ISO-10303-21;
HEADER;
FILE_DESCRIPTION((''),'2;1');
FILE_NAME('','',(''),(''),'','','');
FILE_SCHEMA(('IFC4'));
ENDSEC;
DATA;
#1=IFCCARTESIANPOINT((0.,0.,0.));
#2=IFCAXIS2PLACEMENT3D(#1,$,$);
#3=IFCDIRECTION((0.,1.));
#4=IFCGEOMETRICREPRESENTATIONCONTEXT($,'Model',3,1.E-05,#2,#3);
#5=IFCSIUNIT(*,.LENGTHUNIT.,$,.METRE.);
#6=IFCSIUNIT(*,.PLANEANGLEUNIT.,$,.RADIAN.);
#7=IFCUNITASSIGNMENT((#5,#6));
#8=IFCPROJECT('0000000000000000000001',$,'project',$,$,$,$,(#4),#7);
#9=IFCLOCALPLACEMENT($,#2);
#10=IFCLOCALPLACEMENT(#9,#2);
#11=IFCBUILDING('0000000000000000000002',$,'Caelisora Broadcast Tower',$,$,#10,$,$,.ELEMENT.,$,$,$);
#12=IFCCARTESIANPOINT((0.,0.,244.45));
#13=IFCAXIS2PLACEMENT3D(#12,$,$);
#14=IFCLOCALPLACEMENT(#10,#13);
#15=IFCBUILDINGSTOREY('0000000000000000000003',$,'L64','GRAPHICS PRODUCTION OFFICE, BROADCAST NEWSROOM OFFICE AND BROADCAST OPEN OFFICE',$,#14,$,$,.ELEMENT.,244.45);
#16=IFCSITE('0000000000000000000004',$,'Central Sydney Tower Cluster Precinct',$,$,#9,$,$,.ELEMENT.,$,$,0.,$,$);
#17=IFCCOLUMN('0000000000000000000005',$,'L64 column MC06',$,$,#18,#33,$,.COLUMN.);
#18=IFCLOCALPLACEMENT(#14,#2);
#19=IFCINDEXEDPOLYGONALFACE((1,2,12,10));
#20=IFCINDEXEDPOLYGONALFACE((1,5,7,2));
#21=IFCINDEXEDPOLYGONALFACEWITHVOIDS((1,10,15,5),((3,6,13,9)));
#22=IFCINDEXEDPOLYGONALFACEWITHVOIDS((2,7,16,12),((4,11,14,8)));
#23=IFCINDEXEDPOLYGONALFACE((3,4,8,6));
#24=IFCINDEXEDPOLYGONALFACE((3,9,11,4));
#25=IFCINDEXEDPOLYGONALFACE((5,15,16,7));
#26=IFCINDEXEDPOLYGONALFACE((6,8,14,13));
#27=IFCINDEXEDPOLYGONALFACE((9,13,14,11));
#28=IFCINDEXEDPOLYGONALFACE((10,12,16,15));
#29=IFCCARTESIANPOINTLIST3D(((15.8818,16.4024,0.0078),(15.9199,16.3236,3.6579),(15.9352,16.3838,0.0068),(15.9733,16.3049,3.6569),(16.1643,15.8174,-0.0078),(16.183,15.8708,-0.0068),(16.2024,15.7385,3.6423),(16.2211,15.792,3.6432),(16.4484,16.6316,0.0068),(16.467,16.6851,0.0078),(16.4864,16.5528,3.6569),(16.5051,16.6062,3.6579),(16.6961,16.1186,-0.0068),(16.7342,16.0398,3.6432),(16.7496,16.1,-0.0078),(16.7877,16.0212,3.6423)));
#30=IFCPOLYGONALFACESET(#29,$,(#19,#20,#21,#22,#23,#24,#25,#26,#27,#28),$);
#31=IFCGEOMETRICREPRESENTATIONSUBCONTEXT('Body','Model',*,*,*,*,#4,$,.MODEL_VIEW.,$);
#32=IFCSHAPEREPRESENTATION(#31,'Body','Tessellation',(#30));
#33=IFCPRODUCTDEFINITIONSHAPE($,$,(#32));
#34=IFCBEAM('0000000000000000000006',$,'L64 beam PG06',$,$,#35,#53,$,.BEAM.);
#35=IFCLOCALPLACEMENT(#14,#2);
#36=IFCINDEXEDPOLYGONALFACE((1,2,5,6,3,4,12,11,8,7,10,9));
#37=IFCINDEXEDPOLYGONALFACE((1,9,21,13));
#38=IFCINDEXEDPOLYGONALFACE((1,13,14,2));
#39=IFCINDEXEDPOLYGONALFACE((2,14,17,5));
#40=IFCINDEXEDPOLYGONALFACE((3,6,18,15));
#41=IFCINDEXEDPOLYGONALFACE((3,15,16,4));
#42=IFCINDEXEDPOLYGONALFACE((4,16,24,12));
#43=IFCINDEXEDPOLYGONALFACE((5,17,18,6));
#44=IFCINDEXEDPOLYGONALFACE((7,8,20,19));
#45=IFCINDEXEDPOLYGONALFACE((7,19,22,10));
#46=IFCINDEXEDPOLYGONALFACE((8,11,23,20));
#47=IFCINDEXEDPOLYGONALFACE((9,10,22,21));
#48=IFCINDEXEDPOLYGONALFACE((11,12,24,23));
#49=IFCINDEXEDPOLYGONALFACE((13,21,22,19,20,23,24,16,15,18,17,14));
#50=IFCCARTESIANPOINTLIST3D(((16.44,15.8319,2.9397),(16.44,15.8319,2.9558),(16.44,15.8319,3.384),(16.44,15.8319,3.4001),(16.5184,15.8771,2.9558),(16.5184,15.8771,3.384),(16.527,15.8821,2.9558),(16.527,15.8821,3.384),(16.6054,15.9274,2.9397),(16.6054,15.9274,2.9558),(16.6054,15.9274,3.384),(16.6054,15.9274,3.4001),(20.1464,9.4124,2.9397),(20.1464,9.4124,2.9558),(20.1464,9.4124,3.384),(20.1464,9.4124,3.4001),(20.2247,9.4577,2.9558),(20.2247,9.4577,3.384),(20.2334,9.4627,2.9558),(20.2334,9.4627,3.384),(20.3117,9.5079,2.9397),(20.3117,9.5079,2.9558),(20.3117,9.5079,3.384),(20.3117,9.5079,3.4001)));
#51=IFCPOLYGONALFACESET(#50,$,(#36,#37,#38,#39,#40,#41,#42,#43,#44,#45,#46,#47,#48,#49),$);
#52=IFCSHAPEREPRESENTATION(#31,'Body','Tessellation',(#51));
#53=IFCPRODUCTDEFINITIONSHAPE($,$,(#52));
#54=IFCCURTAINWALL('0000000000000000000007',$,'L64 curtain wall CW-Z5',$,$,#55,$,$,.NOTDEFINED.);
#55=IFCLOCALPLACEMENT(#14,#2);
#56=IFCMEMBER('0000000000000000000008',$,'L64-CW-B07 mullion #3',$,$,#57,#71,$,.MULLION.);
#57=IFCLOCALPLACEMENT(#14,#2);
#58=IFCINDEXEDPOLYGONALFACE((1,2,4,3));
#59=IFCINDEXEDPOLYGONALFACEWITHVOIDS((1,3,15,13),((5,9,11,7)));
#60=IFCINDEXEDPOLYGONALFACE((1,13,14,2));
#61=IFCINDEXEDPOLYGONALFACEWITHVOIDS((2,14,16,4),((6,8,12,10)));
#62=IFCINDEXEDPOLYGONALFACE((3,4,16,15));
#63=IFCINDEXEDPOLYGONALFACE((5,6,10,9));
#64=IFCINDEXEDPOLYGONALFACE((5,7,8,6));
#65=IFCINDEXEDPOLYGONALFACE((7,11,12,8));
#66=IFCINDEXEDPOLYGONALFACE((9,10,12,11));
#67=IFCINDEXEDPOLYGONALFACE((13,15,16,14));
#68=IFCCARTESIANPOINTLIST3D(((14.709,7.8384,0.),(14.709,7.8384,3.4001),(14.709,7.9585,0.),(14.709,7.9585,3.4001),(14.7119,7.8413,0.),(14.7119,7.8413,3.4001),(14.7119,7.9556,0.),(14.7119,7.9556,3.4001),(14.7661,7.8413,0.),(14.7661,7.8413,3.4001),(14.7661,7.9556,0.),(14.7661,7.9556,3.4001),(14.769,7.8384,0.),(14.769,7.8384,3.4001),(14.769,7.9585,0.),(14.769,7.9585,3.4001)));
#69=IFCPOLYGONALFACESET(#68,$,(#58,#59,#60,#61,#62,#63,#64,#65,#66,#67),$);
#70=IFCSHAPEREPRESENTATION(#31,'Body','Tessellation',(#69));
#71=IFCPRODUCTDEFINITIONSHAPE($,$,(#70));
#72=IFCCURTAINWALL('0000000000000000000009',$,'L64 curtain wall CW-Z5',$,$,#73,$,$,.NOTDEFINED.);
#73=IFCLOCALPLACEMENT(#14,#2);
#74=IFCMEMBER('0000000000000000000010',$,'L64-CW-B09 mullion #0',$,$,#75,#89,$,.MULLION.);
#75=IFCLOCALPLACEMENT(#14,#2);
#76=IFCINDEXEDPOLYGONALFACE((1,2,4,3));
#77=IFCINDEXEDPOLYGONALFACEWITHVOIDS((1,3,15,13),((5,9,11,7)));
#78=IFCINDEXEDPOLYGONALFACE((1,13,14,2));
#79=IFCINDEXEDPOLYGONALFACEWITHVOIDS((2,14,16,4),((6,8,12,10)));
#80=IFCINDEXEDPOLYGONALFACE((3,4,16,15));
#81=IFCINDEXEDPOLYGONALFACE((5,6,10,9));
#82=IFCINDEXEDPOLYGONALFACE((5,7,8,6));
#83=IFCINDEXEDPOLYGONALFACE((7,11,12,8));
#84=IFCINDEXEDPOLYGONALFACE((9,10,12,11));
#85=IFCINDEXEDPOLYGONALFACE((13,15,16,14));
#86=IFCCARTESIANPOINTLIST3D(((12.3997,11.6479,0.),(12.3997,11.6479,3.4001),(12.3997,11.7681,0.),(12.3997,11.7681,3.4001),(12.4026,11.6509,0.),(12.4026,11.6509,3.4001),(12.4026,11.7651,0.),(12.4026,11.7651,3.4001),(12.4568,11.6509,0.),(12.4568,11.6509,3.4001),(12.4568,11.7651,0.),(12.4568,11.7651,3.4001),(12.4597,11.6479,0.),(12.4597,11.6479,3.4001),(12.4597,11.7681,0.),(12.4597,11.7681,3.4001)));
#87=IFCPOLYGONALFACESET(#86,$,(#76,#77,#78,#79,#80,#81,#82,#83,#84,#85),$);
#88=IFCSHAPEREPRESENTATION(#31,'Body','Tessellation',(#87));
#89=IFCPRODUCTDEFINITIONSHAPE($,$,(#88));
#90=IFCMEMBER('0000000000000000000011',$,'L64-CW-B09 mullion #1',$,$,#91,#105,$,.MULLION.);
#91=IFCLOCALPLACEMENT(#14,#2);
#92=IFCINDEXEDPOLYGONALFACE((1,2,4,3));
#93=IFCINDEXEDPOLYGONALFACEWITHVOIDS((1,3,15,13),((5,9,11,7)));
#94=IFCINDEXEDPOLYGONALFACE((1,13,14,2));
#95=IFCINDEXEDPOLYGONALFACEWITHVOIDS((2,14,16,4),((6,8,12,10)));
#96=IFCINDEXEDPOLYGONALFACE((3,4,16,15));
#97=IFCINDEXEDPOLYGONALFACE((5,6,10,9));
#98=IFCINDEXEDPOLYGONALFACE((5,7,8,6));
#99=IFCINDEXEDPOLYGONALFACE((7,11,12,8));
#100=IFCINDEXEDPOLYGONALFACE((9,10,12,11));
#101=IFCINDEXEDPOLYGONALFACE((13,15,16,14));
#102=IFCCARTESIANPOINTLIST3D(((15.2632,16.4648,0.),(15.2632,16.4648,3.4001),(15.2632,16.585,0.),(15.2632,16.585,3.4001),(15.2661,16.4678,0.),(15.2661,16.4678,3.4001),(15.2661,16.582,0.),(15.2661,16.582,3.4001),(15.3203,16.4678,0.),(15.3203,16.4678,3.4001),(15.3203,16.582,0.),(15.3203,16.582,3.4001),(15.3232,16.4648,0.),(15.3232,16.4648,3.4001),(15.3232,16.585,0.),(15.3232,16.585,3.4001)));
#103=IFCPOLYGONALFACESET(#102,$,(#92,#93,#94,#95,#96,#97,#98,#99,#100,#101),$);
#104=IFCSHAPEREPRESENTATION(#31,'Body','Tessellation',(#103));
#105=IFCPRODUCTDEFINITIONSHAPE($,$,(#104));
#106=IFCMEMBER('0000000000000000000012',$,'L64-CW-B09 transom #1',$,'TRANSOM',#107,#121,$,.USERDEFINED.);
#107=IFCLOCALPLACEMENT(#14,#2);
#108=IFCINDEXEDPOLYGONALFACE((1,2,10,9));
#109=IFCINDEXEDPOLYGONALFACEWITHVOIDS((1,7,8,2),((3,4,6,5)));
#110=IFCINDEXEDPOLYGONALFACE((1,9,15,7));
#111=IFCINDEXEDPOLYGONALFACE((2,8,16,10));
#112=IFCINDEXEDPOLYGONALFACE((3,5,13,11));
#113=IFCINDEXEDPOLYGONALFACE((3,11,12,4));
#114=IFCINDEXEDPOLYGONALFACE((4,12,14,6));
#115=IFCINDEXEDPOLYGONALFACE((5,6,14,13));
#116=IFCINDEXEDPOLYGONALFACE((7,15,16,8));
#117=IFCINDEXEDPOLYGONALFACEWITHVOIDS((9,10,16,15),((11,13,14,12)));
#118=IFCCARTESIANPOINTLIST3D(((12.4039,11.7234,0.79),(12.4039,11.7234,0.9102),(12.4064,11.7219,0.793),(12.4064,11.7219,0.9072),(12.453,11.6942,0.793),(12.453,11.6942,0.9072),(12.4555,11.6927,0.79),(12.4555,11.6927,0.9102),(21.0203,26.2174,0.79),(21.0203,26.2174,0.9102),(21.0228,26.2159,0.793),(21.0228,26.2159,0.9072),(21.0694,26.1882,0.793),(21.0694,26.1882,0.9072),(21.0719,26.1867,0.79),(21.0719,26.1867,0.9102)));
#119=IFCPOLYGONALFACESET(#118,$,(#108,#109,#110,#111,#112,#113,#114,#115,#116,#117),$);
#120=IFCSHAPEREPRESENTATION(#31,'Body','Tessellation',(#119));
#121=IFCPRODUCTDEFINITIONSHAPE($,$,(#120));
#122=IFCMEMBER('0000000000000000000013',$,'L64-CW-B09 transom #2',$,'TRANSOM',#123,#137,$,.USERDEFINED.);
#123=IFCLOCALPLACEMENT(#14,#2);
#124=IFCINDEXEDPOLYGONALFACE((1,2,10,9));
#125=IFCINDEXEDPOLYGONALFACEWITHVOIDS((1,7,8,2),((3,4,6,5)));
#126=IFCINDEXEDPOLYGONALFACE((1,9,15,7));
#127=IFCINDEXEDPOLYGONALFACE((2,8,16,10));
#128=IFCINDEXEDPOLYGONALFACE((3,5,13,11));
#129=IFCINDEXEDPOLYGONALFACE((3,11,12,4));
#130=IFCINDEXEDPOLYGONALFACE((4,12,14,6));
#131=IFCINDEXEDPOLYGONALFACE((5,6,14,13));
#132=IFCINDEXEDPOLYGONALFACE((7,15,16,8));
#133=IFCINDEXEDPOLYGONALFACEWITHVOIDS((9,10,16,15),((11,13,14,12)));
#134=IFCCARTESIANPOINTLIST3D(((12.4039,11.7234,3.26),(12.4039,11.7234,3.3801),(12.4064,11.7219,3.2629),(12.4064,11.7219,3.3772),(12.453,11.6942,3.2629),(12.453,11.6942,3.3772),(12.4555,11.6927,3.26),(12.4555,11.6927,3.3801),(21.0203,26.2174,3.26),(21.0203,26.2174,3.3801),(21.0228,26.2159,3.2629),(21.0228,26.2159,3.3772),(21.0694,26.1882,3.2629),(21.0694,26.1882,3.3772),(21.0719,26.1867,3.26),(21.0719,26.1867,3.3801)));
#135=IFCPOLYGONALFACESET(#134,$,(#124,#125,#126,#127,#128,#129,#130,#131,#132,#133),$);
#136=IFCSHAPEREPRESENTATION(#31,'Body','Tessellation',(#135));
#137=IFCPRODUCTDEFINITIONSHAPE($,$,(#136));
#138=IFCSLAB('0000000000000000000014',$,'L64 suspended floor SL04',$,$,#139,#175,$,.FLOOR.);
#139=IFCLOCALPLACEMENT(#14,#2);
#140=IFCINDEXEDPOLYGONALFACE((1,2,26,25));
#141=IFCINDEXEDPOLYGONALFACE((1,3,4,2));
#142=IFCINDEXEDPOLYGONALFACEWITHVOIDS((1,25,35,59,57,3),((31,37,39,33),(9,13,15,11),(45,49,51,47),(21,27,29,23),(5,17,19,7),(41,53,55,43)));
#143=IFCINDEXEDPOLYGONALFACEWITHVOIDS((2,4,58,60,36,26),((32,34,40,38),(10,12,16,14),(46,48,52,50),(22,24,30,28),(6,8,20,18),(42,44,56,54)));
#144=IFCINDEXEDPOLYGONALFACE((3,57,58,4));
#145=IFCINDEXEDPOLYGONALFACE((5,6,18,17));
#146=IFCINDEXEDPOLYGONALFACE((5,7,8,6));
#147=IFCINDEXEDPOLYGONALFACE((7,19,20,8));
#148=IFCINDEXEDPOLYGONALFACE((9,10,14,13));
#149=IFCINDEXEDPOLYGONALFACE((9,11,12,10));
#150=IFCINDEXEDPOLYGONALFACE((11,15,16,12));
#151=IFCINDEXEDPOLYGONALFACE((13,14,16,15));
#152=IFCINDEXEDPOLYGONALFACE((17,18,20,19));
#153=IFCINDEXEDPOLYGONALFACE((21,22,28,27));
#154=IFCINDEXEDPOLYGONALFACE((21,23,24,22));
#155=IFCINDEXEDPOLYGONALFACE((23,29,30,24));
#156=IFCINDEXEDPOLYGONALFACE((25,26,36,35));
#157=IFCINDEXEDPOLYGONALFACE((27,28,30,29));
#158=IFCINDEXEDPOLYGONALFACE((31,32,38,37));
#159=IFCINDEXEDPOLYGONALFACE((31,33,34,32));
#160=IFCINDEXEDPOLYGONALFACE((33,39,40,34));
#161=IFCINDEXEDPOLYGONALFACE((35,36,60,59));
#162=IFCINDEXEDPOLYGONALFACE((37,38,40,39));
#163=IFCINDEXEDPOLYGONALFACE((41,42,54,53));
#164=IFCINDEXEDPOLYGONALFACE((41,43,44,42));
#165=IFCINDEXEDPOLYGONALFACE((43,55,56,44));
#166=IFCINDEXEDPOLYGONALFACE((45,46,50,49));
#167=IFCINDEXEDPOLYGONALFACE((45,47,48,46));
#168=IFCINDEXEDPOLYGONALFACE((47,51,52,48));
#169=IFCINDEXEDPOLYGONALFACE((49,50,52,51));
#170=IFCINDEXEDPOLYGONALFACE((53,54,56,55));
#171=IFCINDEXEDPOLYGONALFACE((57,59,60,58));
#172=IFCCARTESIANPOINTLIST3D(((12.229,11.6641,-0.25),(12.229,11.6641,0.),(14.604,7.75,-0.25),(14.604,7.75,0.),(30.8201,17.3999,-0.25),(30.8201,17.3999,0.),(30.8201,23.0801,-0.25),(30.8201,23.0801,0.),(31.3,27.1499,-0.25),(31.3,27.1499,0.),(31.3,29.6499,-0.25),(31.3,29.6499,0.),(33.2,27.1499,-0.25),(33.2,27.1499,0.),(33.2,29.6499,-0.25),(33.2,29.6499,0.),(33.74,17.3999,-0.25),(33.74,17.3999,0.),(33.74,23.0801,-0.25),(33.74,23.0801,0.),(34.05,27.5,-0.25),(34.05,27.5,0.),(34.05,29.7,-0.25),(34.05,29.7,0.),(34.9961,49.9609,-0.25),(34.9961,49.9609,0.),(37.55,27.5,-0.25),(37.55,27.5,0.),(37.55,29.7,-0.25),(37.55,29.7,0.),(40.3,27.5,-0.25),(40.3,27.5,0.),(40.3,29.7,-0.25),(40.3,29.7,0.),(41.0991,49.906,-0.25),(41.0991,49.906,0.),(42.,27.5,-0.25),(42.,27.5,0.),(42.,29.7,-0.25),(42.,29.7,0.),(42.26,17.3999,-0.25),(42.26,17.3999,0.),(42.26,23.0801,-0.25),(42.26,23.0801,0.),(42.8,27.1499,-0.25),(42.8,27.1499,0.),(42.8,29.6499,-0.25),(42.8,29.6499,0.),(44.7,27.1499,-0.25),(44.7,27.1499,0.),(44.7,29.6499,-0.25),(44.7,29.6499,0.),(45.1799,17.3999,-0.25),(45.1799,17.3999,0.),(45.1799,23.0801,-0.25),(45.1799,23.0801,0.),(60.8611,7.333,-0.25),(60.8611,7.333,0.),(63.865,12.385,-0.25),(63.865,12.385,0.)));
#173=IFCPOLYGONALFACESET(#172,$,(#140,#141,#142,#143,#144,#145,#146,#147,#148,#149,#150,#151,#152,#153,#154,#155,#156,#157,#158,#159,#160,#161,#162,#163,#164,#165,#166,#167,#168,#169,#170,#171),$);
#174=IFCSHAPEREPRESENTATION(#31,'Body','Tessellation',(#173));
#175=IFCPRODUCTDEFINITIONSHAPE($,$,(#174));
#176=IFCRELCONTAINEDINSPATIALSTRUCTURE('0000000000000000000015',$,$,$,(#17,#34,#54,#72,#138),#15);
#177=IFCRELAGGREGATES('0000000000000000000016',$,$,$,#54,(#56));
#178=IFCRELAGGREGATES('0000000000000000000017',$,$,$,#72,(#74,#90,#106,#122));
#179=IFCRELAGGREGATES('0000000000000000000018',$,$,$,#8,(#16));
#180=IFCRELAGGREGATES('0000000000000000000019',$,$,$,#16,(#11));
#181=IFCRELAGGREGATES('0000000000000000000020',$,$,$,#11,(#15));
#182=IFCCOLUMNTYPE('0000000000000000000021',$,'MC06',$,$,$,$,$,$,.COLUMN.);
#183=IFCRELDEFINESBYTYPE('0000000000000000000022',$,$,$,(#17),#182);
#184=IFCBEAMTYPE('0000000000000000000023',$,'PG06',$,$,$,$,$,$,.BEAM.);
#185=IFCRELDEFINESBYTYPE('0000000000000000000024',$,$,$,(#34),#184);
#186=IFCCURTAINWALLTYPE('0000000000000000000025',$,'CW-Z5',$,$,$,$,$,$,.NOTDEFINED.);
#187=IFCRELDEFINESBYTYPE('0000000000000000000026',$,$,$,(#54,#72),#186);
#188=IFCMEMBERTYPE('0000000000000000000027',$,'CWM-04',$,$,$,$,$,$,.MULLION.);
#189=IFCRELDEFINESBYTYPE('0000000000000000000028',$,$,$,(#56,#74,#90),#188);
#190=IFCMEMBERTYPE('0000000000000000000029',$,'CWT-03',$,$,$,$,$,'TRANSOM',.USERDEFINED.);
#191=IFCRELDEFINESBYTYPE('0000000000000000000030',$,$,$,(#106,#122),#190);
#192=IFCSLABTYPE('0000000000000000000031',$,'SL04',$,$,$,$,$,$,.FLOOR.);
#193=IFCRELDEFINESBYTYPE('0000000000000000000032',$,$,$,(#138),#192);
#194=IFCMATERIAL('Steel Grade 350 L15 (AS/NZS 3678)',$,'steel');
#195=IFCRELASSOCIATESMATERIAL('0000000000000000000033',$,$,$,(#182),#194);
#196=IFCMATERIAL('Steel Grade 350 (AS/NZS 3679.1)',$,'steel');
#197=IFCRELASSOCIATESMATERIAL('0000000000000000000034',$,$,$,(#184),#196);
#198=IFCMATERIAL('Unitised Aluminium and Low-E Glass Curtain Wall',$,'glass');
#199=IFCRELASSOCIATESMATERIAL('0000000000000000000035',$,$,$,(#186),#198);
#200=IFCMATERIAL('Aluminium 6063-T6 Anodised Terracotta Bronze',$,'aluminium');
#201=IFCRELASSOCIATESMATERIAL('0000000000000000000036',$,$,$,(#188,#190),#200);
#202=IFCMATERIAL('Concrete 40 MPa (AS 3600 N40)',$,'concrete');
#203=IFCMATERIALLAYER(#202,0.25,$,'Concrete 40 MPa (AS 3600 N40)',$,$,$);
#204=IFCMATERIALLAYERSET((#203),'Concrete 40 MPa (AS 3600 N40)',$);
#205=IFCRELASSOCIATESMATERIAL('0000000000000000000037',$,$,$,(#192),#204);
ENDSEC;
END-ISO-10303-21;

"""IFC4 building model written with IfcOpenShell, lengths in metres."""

from ifc_helpers import new_model, si_unit, direction, frame, origin, origin_2d, place, context, subcontext, project, spatial, polyline, hollow_rectangle, i_section, outline, extrude, source, transform, mapped, material, layer, layer_set, material_profile, profile_set, type_object, type_shapes, element, aggregate, save


model = new_model("IFC4")

# Units and contexts
model_context = context("Model", 3, precision=1e-05, world=origin(), true_north=direction((0.0, 1.0)))
body_context = subcontext(model_context, "Body", "Model", "MODEL_VIEW")
ifc_project = project(units=[si_unit("LENGTHUNIT", "METRE"), si_unit("PLANEANGLEUNIT", "RADIAN")], contexts=[model_context])

# Site, building, storey
site_placement = place(None, origin())
site = spatial("IfcSite", under=ifc_project, at=site_placement, Name="Central Sydney Tower Cluster Precinct", CompositionType="ELEMENT", RefElevation=0.0)
building_placement = place(site_placement, origin())
building = spatial("IfcBuilding", under=site, at=building_placement, Name="Caelisora Broadcast Tower", CompositionType="ELEMENT")
storey_placement = place(building_placement, frame((0.0, 0.0, 244.45)))
storey = spatial("IfcBuildingStorey", under=building, at=storey_placement, Name="L64", Description="GRAPHICS PRODUCTION OFFICE, BROADCAST NEWSROOM OFFICE AND BROADCAST OPEN OFFICE", CompositionType="ELEMENT", Elevation=244.45)

# Column
ifc_material_1 = material(Name="Steel Grade 350 L15 (AS/NZS 3678)", Category="steel")
ifc_material_profile_1 = material_profile(ifc_material_1, hollow_rectangle(XDim=0.6499, YDim=0.6499, WallThickness=0.04, at=origin_2d()), Name="Steel Grade 350 L15 (AS/NZS 3678)")
ifc_profile_set_1 = profile_set([ifc_material_profile_1], Name="Steel Grade 350 L15 (AS/NZS 3678)")
column_type = type_object("IfcColumnType", Name="MC06", PredefinedType="COLUMN", material=ifc_profile_set_1)
shared_shape_1 = source(origin(), body_context, "Body", "SweptSolid", [
    extrude(hollow_rectangle(XDim=0.6499, YDim=0.6499, WallThickness=0.04, at=origin_2d()), origin(), (0.0, 0.0, 1.0), 3.6511),
])
type_shapes(column_type, [shared_shape_1])
column_placement = place(storey_placement, frame((16.3157, 16.2512, 0.0), z_axis=(0.010431, -0.021598, 0.999712), x_axis=(0.900476, 0.434905, 0.0)))
element("IfcColumn", 1, at=column_placement, inside=storey, type_object=column_type, Name="L64 column MC06", PredefinedType="COLUMN", context=body_context, shape_type="MappedRepresentation", body=[
    mapped(shared_shape_1, transform((0.0, 0.0, 0.0), scale=1.0)),
])

# Beam
ifc_material_2 = material(Name="Steel Grade 350 (AS/NZS 3679.1)", Category="steel")
ifc_material_profile_2 = material_profile(ifc_material_2, i_section(OverallWidth=0.1909, OverallDepth=0.4604, WebThickness=0.01, FlangeThickness=0.0161, at=origin_2d()), Name="Steel Grade 350 (AS/NZS 3679.1)")
ifc_profile_set_2 = profile_set([ifc_material_profile_2], Name="Steel Grade 350 (AS/NZS 3679.1)")
beam_type = type_object("IfcBeamType", Name="PG06", PredefinedType="BEAM", material=ifc_profile_set_2)
shared_shape_2 = source(origin(), body_context, "Body", "SweptSolid", [
    extrude(i_section(OverallWidth=0.1909, OverallDepth=0.4604, WebThickness=0.01, FlangeThickness=0.0161, at=origin_2d()), origin(), (0.0, 0.0, 1.0), 7.4126),
])
type_shapes(beam_type, [shared_shape_2])
beam_placement = place(storey_placement, frame((16.5227, 15.8796, 3.1699), z_axis=(0.500004, -0.866023, 0.0), x_axis=(0.866023, 0.500004, 0.0)))
element("IfcBeam", 2, at=beam_placement, inside=storey, type_object=beam_type, Name="L64 beam PG06", PredefinedType="BEAM", context=body_context, shape_type="MappedRepresentation", body=[
    mapped(shared_shape_2, transform((0.0, 0.0, 0.0), scale=1.0)),
])

# Curtain wall, member
ifc_material_3 = material(Name="Unitised Aluminium and Low-E Glass Curtain Wall", Category="glass")
curtain_wall_type = type_object("IfcCurtainWallType", Name="CW-Z5", PredefinedType="NOTDEFINED", material=ifc_material_3)
curtain_wall_1_placement = place(storey_placement, origin())
curtain_wall_1 = element("IfcCurtainWall", 3, at=curtain_wall_1_placement, inside=storey, type_object=curtain_wall_type, Name="L64 curtain wall CW-Z5", PredefinedType="NOTDEFINED")
ifc_material_4 = material(Name="Aluminium 6063-T6 Anodised Terracotta Bronze", Category="aluminium")
ifc_material_profile_3 = material_profile(ifc_material_4, hollow_rectangle(XDim=0.0601, YDim=0.1201, WallThickness=0.0029, at=origin_2d()), Name="Aluminium 6063-T6 Anodised Terracotta Bronze")
ifc_profile_set_3 = profile_set([ifc_material_profile_3], Name="Aluminium 6063-T6 Anodised Terracotta Bronze")
member_type_1 = type_object("IfcMemberType", Name="CWM-04", PredefinedType="MULLION", material=ifc_profile_set_3)
shared_shape_3 = source(origin(), body_context, "Body", "SweptSolid", [
    extrude(hollow_rectangle(XDim=0.0601, YDim=0.1201, WallThickness=0.0029, at=origin_2d()), origin(), (0.0, 0.0, 1.0), 3.4001),
])
type_shapes(member_type_1, [shared_shape_3])
member_1_placement = place(storey_placement, frame((14.739, 7.8984, 0.0), z_axis=(0.0, 0.0, 1.0), x_axis=(1.0, 0.0, 0.0)))
member_1 = element("IfcMember", 4, at=member_1_placement, type_object=member_type_1, Name="L64-CW-B07 mullion #3", PredefinedType="MULLION", context=body_context, shape_type="MappedRepresentation", body=[
    mapped(shared_shape_3, transform((0.0, 0.0, 0.0), scale=1.0)),
])
aggregate(curtain_wall_1, [member_1])

# Curtain wall, members
curtain_wall_2_placement = place(storey_placement, origin())
curtain_wall_2 = element("IfcCurtainWall", 5, at=curtain_wall_2_placement, inside=storey, type_object=curtain_wall_type, Name="L64 curtain wall CW-Z5", PredefinedType="NOTDEFINED")
member_2_placement = place(storey_placement, frame((12.4297, 11.708, 0.0), z_axis=(0.0, 0.0, 1.0), x_axis=(1.0, 0.0, 0.0)))
member_2 = element("IfcMember", 6, at=member_2_placement, type_object=member_type_1, Name="L64-CW-B09 mullion #0", PredefinedType="MULLION", context=body_context, shape_type="MappedRepresentation", body=[
    mapped(shared_shape_3, transform((0.0, 0.0, 0.0), scale=1.0)),
])
member_3_placement = place(storey_placement, frame((15.2932, 16.5249, 0.0), z_axis=(0.0, 0.0, 1.0), x_axis=(1.0, 0.0, 0.0)))
member_3 = element("IfcMember", 7, at=member_3_placement, type_object=member_type_1, Name="L64-CW-B09 mullion #1", PredefinedType="MULLION", context=body_context, shape_type="MappedRepresentation", body=[
    mapped(shared_shape_3, transform((0.0, 0.0, 0.0), scale=1.0)),
])
ifc_material_profile_4 = material_profile(ifc_material_4, hollow_rectangle(XDim=0.0601, YDim=0.1201, WallThickness=0.0029, at=origin_2d()), Name="Aluminium 6063-T6 Anodised Terracotta Bronze")
ifc_profile_set_4 = profile_set([ifc_material_profile_4], Name="Aluminium 6063-T6 Anodised Terracotta Bronze")
member_type_2 = type_object("IfcMemberType", Name="CWT-03", ElementType="TRANSOM", PredefinedType="USERDEFINED", material=ifc_profile_set_4)
shared_shape_4 = source(origin(), body_context, "Body", "SweptSolid", [
    extrude(hollow_rectangle(XDim=0.0601, YDim=0.1201, WallThickness=0.0029, at=origin_2d()), origin(), (0.0, 0.0, 1.0), 16.8618),
])
type_shapes(member_type_2, [shared_shape_4])
member_4_placement = place(storey_placement, frame((12.4297, 11.708, 0.8501), z_axis=(0.511002, 0.85958, 0.0), x_axis=(-0.85958, 0.511002, 0.0)))
member_4 = element("IfcMember", 8, at=member_4_placement, type_object=member_type_2, Name="L64-CW-B09 transom #1", ObjectType="TRANSOM", PredefinedType="USERDEFINED", context=body_context, shape_type="MappedRepresentation", body=[
    mapped(shared_shape_4, transform((0.0, 0.0, 0.0), scale=1.0)),
])
member_5_placement = place(storey_placement, frame((12.4297, 11.708, 3.3201), z_axis=(0.511002, 0.85958, 0.0), x_axis=(-0.85958, 0.511002, 0.0)))
member_5 = element("IfcMember", 9, at=member_5_placement, type_object=member_type_2, Name="L64-CW-B09 transom #2", ObjectType="TRANSOM", PredefinedType="USERDEFINED", context=body_context, shape_type="MappedRepresentation", body=[
    mapped(shared_shape_4, transform((0.0, 0.0, 0.0), scale=1.0)),
])

# Slab
ifc_material_5 = material(Name="Concrete 40 MPa (AS 3600 N40)", Category="concrete")
ifc_layer_1 = layer(ifc_material_5, 0.25, Name="Concrete 40 MPa (AS 3600 N40)")
ifc_layer_set_1 = layer_set([ifc_layer_1], Name="Concrete 40 MPa (AS 3600 N40)")
slab_type_1 = type_object("IfcSlabType", Name="SL04", PredefinedType="FLOOR", material=ifc_layer_set_1)
slab_1_placement = place(storey_placement, frame((0.0, 0.0, -0.25)))
element("IfcSlab", 10, at=slab_1_placement, inside=storey, type_object=slab_type_1, Name="L64 suspended floor SL04", PredefinedType="FLOOR", context=body_context, shape_type="SweptSolid", body=[
    extrude(outline(polyline([(41.0991, 49.906), (34.9961, 49.9609), (12.229, 11.6641), (14.604, 7.75), (60.8611, 7.333), (63.865, 12.385), (41.0991, 49.906)]), holes=[polyline([(30.8201, 17.3999), (33.74, 17.3999), (33.74, 23.0801), (30.8201, 23.0801), (30.8201, 17.3999)]), polyline([(42.26, 17.3999), (45.1799, 17.3999), (45.1799, 23.0801), (42.26, 23.0801), (42.26, 17.3999)]), polyline([(42.8, 27.1499), (44.7, 27.1499), (44.7, 29.6499), (42.8, 29.6499), (42.8, 27.1499)]), polyline([(40.3, 27.5), (42.0, 27.5), (42.0, 29.7), (40.3, 29.7), (40.3, 27.5)]), polyline([(34.05, 27.5), (37.55, 27.5), (37.55, 29.7), (34.05, 29.7), (34.05, 27.5)]), polyline([(31.3, 27.1499), (33.2, 27.1499), (33.2, 29.6499), (31.3, 29.6499), (31.3, 27.1499)])]), origin(), (0.0, 0.0, 1.0), 0.25),
])

aggregate(curtain_wall_2, [member_2, member_3, member_4, member_5])

save(model, "model.ifc")
